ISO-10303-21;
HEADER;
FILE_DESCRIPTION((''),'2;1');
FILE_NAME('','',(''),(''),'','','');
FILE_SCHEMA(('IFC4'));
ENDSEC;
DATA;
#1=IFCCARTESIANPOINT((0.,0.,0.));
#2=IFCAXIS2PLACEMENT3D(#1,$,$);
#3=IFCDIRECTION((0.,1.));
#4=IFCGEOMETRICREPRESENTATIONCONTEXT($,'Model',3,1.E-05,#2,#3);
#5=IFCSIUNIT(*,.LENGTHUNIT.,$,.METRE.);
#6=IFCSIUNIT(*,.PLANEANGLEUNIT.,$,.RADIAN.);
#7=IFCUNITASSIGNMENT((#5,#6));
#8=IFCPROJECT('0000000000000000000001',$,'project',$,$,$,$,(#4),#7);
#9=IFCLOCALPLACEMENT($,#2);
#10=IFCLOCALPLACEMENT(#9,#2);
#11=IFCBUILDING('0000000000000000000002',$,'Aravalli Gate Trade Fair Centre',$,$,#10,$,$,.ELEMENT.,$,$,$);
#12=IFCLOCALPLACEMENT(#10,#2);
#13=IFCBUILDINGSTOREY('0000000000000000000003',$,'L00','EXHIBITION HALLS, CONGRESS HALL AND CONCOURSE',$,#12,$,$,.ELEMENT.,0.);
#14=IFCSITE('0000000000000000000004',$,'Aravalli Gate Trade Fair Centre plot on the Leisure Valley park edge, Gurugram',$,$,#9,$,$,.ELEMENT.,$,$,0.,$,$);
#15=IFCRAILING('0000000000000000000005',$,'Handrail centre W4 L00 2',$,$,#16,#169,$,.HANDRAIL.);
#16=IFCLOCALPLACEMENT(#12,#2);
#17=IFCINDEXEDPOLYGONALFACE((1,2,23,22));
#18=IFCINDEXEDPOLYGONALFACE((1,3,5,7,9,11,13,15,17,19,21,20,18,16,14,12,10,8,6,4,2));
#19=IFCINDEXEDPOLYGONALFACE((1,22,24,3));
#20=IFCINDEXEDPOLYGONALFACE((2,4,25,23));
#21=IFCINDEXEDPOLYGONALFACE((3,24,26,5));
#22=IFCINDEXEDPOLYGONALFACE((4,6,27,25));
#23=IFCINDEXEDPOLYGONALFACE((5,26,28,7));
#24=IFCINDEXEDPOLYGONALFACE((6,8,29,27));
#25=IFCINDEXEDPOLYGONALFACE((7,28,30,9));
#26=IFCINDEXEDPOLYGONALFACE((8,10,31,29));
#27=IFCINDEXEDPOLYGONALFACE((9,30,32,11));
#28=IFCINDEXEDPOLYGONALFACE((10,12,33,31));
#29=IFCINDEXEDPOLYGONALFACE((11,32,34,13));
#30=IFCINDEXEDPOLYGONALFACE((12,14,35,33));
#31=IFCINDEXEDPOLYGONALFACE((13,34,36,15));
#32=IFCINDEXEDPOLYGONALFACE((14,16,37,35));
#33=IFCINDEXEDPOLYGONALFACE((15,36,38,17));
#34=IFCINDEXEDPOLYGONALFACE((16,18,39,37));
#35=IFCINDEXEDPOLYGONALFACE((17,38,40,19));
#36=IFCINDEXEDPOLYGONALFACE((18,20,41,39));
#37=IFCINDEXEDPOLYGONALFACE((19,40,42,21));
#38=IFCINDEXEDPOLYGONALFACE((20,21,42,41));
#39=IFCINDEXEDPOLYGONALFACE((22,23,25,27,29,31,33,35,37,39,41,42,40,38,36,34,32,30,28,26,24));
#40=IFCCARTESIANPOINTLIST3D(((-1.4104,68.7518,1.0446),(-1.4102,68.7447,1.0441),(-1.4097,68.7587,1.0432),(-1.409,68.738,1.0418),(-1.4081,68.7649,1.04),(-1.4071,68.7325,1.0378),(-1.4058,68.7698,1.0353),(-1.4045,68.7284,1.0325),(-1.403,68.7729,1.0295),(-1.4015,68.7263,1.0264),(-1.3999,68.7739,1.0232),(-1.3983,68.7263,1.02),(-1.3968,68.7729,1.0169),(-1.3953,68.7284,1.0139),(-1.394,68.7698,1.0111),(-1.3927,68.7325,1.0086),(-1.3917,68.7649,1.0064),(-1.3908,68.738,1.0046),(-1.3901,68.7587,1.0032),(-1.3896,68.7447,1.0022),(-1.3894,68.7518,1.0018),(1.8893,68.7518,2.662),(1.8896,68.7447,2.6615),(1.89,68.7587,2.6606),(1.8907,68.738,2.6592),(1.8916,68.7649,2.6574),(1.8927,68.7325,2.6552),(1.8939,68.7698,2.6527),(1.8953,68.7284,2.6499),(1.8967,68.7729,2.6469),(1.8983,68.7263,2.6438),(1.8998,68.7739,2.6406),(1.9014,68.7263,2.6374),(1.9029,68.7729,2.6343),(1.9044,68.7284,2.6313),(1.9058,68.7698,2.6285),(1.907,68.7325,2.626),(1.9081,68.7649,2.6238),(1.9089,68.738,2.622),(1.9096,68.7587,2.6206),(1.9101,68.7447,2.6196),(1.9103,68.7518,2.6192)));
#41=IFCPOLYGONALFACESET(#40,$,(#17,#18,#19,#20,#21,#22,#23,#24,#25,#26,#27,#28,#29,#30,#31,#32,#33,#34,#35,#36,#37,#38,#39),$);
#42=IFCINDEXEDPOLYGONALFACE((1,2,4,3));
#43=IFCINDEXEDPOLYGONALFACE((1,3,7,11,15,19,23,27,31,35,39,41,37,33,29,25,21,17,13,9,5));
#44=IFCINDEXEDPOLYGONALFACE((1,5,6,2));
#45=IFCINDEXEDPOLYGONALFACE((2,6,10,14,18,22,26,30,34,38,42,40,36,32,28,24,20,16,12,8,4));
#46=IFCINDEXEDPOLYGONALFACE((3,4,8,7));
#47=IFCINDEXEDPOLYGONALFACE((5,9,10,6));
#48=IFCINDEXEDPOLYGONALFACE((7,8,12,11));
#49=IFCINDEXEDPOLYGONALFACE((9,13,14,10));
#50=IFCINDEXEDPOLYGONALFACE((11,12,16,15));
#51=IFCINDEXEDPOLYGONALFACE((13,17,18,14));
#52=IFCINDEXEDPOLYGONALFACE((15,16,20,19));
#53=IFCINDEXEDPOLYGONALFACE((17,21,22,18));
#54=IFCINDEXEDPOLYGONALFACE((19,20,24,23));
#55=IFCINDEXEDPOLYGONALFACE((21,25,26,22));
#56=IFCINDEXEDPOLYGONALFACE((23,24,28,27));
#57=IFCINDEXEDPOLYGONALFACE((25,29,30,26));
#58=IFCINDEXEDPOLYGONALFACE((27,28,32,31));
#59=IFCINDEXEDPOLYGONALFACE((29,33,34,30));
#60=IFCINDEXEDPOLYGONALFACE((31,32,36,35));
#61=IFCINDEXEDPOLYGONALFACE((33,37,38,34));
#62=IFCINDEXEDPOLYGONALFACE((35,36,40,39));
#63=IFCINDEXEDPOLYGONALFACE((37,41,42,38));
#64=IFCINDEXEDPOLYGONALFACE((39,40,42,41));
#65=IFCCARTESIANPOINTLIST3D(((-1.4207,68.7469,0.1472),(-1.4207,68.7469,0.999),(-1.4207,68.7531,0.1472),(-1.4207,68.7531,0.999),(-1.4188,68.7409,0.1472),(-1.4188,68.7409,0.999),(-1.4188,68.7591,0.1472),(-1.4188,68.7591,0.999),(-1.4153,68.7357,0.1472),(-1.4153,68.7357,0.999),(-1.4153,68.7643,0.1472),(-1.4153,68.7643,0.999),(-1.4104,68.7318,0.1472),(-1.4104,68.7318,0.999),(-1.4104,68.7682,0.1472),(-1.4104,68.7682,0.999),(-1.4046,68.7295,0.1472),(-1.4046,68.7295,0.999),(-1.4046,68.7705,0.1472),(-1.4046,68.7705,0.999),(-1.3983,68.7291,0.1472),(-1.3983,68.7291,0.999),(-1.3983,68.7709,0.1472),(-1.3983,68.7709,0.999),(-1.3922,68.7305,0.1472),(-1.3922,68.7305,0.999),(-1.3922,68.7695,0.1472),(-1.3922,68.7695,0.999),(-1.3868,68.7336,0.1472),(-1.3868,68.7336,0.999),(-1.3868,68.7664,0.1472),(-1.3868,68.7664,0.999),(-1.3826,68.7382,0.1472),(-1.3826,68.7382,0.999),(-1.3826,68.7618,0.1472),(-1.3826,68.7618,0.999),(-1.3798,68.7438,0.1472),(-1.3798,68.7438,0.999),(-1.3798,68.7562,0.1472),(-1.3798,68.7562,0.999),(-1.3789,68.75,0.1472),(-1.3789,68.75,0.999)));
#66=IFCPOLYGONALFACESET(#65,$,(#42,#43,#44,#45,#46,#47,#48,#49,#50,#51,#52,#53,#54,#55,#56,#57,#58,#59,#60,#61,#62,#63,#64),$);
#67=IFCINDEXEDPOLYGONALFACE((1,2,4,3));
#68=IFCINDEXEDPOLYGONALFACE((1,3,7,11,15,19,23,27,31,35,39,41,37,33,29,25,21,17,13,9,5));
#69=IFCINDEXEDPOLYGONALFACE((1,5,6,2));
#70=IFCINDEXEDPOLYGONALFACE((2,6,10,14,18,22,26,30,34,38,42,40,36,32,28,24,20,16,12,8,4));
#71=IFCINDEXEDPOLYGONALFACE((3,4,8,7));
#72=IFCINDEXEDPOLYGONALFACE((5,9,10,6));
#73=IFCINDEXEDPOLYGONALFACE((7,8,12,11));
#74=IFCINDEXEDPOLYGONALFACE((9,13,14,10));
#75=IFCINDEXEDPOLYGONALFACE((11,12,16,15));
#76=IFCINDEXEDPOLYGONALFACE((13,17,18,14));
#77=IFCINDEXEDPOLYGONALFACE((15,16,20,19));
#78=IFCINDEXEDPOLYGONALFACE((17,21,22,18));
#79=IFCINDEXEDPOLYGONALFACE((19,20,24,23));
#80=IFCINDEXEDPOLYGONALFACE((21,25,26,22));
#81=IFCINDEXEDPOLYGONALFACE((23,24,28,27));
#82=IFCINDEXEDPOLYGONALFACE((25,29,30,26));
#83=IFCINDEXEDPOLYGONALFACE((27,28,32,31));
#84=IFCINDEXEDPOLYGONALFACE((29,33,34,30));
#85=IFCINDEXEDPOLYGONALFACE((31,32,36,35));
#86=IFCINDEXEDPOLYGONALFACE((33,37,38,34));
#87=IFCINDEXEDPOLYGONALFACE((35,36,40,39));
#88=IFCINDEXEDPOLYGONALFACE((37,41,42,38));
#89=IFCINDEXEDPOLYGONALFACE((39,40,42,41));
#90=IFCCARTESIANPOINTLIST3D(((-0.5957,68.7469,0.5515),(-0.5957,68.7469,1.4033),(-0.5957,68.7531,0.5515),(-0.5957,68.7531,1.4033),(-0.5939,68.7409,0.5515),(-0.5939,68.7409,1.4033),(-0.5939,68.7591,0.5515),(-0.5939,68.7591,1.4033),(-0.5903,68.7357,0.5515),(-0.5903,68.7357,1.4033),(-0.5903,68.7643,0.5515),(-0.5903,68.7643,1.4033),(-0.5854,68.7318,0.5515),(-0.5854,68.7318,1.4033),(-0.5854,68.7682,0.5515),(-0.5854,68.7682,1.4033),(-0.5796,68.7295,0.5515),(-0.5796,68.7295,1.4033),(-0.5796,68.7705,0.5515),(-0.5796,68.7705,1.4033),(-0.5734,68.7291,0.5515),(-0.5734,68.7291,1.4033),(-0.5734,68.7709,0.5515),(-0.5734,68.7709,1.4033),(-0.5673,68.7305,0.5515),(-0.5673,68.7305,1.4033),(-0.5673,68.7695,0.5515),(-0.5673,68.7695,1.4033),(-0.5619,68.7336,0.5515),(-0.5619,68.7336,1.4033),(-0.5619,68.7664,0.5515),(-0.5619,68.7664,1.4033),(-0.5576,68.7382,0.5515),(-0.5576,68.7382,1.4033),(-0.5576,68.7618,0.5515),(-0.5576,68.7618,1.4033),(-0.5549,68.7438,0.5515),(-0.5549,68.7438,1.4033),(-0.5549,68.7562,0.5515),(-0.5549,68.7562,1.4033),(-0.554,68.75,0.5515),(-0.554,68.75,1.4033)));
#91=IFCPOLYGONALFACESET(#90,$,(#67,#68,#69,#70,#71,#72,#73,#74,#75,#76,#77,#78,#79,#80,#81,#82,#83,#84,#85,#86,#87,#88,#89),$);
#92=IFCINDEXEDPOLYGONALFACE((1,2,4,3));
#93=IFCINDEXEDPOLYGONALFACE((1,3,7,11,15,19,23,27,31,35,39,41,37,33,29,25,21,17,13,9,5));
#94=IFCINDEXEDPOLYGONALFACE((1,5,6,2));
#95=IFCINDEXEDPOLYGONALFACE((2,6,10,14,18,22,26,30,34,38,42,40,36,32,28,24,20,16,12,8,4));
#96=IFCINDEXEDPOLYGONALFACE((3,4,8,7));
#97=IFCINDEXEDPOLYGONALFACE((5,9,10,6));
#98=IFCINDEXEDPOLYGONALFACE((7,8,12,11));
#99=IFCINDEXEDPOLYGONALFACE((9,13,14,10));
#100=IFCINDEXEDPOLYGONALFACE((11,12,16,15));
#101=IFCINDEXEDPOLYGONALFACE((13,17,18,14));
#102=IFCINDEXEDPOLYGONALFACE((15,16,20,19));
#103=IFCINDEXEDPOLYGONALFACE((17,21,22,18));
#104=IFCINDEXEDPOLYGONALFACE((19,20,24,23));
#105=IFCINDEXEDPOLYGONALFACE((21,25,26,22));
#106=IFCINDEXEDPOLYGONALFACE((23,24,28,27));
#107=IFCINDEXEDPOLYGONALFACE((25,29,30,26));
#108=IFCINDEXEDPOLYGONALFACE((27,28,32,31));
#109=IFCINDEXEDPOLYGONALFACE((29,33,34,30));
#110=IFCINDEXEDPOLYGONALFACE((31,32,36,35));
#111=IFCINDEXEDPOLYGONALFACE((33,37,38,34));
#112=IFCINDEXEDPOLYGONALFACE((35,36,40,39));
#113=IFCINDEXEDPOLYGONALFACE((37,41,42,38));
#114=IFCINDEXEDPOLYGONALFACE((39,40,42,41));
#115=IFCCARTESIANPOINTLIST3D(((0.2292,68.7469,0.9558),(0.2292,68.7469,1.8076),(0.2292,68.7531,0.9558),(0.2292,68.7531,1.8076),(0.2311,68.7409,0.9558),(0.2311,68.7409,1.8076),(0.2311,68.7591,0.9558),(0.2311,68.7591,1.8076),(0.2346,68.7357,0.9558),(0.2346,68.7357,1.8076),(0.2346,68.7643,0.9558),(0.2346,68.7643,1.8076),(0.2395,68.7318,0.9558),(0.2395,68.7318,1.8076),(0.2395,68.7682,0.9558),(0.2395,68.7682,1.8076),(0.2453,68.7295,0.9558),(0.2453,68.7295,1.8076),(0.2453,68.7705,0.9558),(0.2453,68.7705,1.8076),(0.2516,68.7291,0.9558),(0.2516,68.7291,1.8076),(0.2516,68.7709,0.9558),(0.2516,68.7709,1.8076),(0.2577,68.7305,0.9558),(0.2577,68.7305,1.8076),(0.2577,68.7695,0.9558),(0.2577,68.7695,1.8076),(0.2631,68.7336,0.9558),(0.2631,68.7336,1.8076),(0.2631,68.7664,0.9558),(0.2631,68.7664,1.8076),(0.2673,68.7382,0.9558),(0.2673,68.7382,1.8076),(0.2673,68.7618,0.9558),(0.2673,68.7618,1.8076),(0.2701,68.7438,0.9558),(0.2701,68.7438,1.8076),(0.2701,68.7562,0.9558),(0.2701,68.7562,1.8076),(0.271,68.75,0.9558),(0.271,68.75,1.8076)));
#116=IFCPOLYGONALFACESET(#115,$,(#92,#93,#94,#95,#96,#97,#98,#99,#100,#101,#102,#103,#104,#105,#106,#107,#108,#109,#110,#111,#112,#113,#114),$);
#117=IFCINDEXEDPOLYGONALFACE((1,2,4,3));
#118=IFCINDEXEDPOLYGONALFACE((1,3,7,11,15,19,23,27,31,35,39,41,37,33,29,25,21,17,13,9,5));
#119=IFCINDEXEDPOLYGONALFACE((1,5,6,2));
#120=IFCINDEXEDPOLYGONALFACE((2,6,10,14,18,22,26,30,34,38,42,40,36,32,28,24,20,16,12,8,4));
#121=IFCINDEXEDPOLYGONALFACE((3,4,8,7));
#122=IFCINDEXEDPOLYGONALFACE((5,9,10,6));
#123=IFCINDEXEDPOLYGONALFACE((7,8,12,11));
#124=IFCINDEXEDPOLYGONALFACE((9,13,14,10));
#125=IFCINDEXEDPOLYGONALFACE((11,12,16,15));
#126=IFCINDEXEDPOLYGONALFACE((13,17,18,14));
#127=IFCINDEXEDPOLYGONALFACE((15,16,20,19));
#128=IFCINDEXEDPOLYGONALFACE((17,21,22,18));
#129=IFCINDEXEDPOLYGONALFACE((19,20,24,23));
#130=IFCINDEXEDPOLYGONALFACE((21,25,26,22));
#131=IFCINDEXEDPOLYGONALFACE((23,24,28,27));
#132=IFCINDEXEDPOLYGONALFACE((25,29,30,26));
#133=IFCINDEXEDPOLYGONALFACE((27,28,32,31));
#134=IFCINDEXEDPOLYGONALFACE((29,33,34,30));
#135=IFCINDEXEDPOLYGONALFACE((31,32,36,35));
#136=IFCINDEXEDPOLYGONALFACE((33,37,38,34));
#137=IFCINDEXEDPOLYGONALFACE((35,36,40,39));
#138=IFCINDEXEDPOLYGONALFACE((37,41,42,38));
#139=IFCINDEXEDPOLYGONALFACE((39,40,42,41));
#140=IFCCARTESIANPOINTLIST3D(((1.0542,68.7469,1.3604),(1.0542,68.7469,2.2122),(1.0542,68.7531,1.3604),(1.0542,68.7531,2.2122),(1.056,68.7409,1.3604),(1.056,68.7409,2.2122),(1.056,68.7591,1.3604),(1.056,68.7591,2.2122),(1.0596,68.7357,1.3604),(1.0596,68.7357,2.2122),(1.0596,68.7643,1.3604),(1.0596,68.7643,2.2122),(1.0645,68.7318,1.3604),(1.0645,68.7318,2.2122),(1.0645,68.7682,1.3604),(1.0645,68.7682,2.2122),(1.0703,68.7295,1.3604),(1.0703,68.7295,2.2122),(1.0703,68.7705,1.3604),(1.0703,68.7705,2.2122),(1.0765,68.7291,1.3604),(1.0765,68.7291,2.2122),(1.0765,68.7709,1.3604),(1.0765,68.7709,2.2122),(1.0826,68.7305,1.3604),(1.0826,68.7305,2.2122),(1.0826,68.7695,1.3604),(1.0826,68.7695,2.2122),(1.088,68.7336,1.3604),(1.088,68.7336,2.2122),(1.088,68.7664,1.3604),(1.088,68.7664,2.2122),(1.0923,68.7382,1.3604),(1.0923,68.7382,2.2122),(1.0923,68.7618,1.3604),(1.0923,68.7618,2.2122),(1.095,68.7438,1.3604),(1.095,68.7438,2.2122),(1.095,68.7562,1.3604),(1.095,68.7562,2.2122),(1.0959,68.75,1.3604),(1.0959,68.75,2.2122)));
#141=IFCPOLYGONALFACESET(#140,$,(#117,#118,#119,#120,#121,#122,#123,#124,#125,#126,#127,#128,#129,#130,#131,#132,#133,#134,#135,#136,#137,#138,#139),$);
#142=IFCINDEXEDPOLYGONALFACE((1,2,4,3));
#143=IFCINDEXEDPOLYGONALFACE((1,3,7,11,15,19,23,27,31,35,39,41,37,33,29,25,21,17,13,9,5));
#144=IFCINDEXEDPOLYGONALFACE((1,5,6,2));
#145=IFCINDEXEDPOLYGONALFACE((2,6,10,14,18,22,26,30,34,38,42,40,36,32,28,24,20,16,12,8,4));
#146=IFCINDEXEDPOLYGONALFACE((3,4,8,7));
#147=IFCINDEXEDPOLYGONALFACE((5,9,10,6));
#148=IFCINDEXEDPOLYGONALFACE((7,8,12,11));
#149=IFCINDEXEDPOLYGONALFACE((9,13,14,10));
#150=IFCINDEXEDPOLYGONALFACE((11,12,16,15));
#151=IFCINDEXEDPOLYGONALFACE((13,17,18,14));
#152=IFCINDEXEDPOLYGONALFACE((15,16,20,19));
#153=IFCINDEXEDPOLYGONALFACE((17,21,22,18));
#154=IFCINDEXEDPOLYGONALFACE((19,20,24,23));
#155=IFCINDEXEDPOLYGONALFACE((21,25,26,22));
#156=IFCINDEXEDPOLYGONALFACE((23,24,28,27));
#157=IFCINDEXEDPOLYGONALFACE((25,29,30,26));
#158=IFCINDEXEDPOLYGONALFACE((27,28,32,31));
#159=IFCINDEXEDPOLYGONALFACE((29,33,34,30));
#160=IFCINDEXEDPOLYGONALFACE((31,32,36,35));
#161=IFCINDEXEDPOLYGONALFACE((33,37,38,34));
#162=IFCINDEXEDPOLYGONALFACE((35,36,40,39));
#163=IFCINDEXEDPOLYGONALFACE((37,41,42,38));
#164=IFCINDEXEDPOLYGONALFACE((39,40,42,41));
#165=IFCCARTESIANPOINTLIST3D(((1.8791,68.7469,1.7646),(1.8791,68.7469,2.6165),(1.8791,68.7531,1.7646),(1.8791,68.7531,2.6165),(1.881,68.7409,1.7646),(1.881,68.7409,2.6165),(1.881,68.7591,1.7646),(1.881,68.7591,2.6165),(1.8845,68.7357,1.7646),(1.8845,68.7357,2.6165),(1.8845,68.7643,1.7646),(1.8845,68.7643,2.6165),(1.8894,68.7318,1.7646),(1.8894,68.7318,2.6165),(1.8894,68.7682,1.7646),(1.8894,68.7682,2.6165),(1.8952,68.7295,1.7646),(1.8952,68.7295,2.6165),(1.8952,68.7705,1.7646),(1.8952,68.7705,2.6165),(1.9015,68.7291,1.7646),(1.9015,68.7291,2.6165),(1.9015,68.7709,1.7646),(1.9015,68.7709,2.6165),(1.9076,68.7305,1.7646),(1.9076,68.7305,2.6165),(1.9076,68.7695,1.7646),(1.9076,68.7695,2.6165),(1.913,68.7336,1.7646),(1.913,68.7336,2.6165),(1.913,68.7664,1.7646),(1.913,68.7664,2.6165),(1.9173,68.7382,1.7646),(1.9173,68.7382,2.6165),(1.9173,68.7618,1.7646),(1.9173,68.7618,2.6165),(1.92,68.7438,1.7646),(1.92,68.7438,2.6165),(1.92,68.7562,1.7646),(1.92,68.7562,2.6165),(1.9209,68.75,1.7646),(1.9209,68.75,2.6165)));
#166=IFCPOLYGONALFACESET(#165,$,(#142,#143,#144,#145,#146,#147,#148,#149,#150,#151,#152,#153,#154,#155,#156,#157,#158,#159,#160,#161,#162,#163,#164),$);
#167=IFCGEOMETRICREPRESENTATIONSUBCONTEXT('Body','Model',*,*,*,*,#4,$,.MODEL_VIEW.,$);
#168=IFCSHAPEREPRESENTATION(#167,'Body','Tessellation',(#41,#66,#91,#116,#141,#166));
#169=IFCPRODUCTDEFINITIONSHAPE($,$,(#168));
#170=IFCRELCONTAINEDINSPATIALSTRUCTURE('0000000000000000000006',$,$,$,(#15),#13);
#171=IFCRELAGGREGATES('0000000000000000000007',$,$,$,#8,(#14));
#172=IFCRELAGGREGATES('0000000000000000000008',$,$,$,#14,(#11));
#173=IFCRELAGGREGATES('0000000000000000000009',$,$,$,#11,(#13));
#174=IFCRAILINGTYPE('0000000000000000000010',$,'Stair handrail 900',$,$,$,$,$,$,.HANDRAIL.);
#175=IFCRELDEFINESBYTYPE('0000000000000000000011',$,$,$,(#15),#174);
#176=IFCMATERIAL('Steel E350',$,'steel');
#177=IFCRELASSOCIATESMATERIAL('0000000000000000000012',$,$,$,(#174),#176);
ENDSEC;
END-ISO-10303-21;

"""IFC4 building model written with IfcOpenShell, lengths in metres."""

from ifc_helpers import new_model, si_unit, direction, frame, origin, origin_2d, place, context, subcontext, project, spatial, circle, extrude, material, type_object, element, save


model = new_model("IFC4")

# Units and contexts
model_context = context("Model", 3, precision=1e-05, world=origin(), true_north=direction((0.0, 1.0)))
body_context = subcontext(model_context, "Body", "Model", "MODEL_VIEW")
ifc_project = project(units=[si_unit("LENGTHUNIT", "METRE"), si_unit("PLANEANGLEUNIT", "RADIAN")], contexts=[model_context])

# Site, building, storey
site_placement = place(None, origin())
site = spatial("IfcSite", under=ifc_project, at=site_placement, Name="Aravalli Gate Trade Fair Centre plot on the Leisure Valley park edge, Gurugram", CompositionType="ELEMENT", RefElevation=0.0)
building_placement = place(site_placement, origin())
building = spatial("IfcBuilding", under=site, at=building_placement, Name="Aravalli Gate Trade Fair Centre", CompositionType="ELEMENT")
storey_placement = place(building_placement, origin())
storey = spatial("IfcBuildingStorey", under=building, at=storey_placement, Name="L00", Description="EXHIBITION HALLS, CONGRESS HALL AND CONCOURSE", CompositionType="ELEMENT", Elevation=0.0)

# Railing
ifc_material_1 = material(Name="Steel E350", Category="steel")
railing_type = type_object("IfcRailingType", Name="Stair handrail 900", PredefinedType="HANDRAIL", material=ifc_material_1)
railing_1_placement = place(storey_placement, frame((-1.3999, 68.75, 0.1472)))
element("IfcRailing", 1, at=railing_1_placement, inside=storey, type_object=railing_type, Name="Handrail centre W4 L00 2", PredefinedType="HANDRAIL", context=body_context, shape_type="SweptSolid", body=[
    extrude(circle(Radius=0.0239, at=origin_2d()), frame((0.0, 0.0, 0.876), z_axis=(0.897934, 0.0, 0.440131), x_axis=(0.0, 1.0, 0.0)), (0.0, 0.0, 1.0), 3.6748),
    extrude(circle(Radius=0.021, at=origin_2d()), origin(), (0.0, 0.0, 1.0), 0.8518),
    extrude(circle(Radius=0.021, at=origin_2d()), frame((0.825, 0.0, 0.4043)), (0.0, 0.0, 1.0), 0.8518),
    extrude(circle(Radius=0.021, at=origin_2d()), frame((1.6499, 0.0, 0.8086)), (0.0, 0.0, 1.0), 0.8518),
    extrude(circle(Radius=0.021, at=origin_2d()), frame((2.4749, 0.0, 1.2131)), (0.0, 0.0, 1.0), 0.8518),
    extrude(circle(Radius=0.021, at=origin_2d()), frame((3.2998, 0.0, 1.6174)), (0.0, 0.0, 1.0), 0.8518),
])

save(model, "model.ifc")
